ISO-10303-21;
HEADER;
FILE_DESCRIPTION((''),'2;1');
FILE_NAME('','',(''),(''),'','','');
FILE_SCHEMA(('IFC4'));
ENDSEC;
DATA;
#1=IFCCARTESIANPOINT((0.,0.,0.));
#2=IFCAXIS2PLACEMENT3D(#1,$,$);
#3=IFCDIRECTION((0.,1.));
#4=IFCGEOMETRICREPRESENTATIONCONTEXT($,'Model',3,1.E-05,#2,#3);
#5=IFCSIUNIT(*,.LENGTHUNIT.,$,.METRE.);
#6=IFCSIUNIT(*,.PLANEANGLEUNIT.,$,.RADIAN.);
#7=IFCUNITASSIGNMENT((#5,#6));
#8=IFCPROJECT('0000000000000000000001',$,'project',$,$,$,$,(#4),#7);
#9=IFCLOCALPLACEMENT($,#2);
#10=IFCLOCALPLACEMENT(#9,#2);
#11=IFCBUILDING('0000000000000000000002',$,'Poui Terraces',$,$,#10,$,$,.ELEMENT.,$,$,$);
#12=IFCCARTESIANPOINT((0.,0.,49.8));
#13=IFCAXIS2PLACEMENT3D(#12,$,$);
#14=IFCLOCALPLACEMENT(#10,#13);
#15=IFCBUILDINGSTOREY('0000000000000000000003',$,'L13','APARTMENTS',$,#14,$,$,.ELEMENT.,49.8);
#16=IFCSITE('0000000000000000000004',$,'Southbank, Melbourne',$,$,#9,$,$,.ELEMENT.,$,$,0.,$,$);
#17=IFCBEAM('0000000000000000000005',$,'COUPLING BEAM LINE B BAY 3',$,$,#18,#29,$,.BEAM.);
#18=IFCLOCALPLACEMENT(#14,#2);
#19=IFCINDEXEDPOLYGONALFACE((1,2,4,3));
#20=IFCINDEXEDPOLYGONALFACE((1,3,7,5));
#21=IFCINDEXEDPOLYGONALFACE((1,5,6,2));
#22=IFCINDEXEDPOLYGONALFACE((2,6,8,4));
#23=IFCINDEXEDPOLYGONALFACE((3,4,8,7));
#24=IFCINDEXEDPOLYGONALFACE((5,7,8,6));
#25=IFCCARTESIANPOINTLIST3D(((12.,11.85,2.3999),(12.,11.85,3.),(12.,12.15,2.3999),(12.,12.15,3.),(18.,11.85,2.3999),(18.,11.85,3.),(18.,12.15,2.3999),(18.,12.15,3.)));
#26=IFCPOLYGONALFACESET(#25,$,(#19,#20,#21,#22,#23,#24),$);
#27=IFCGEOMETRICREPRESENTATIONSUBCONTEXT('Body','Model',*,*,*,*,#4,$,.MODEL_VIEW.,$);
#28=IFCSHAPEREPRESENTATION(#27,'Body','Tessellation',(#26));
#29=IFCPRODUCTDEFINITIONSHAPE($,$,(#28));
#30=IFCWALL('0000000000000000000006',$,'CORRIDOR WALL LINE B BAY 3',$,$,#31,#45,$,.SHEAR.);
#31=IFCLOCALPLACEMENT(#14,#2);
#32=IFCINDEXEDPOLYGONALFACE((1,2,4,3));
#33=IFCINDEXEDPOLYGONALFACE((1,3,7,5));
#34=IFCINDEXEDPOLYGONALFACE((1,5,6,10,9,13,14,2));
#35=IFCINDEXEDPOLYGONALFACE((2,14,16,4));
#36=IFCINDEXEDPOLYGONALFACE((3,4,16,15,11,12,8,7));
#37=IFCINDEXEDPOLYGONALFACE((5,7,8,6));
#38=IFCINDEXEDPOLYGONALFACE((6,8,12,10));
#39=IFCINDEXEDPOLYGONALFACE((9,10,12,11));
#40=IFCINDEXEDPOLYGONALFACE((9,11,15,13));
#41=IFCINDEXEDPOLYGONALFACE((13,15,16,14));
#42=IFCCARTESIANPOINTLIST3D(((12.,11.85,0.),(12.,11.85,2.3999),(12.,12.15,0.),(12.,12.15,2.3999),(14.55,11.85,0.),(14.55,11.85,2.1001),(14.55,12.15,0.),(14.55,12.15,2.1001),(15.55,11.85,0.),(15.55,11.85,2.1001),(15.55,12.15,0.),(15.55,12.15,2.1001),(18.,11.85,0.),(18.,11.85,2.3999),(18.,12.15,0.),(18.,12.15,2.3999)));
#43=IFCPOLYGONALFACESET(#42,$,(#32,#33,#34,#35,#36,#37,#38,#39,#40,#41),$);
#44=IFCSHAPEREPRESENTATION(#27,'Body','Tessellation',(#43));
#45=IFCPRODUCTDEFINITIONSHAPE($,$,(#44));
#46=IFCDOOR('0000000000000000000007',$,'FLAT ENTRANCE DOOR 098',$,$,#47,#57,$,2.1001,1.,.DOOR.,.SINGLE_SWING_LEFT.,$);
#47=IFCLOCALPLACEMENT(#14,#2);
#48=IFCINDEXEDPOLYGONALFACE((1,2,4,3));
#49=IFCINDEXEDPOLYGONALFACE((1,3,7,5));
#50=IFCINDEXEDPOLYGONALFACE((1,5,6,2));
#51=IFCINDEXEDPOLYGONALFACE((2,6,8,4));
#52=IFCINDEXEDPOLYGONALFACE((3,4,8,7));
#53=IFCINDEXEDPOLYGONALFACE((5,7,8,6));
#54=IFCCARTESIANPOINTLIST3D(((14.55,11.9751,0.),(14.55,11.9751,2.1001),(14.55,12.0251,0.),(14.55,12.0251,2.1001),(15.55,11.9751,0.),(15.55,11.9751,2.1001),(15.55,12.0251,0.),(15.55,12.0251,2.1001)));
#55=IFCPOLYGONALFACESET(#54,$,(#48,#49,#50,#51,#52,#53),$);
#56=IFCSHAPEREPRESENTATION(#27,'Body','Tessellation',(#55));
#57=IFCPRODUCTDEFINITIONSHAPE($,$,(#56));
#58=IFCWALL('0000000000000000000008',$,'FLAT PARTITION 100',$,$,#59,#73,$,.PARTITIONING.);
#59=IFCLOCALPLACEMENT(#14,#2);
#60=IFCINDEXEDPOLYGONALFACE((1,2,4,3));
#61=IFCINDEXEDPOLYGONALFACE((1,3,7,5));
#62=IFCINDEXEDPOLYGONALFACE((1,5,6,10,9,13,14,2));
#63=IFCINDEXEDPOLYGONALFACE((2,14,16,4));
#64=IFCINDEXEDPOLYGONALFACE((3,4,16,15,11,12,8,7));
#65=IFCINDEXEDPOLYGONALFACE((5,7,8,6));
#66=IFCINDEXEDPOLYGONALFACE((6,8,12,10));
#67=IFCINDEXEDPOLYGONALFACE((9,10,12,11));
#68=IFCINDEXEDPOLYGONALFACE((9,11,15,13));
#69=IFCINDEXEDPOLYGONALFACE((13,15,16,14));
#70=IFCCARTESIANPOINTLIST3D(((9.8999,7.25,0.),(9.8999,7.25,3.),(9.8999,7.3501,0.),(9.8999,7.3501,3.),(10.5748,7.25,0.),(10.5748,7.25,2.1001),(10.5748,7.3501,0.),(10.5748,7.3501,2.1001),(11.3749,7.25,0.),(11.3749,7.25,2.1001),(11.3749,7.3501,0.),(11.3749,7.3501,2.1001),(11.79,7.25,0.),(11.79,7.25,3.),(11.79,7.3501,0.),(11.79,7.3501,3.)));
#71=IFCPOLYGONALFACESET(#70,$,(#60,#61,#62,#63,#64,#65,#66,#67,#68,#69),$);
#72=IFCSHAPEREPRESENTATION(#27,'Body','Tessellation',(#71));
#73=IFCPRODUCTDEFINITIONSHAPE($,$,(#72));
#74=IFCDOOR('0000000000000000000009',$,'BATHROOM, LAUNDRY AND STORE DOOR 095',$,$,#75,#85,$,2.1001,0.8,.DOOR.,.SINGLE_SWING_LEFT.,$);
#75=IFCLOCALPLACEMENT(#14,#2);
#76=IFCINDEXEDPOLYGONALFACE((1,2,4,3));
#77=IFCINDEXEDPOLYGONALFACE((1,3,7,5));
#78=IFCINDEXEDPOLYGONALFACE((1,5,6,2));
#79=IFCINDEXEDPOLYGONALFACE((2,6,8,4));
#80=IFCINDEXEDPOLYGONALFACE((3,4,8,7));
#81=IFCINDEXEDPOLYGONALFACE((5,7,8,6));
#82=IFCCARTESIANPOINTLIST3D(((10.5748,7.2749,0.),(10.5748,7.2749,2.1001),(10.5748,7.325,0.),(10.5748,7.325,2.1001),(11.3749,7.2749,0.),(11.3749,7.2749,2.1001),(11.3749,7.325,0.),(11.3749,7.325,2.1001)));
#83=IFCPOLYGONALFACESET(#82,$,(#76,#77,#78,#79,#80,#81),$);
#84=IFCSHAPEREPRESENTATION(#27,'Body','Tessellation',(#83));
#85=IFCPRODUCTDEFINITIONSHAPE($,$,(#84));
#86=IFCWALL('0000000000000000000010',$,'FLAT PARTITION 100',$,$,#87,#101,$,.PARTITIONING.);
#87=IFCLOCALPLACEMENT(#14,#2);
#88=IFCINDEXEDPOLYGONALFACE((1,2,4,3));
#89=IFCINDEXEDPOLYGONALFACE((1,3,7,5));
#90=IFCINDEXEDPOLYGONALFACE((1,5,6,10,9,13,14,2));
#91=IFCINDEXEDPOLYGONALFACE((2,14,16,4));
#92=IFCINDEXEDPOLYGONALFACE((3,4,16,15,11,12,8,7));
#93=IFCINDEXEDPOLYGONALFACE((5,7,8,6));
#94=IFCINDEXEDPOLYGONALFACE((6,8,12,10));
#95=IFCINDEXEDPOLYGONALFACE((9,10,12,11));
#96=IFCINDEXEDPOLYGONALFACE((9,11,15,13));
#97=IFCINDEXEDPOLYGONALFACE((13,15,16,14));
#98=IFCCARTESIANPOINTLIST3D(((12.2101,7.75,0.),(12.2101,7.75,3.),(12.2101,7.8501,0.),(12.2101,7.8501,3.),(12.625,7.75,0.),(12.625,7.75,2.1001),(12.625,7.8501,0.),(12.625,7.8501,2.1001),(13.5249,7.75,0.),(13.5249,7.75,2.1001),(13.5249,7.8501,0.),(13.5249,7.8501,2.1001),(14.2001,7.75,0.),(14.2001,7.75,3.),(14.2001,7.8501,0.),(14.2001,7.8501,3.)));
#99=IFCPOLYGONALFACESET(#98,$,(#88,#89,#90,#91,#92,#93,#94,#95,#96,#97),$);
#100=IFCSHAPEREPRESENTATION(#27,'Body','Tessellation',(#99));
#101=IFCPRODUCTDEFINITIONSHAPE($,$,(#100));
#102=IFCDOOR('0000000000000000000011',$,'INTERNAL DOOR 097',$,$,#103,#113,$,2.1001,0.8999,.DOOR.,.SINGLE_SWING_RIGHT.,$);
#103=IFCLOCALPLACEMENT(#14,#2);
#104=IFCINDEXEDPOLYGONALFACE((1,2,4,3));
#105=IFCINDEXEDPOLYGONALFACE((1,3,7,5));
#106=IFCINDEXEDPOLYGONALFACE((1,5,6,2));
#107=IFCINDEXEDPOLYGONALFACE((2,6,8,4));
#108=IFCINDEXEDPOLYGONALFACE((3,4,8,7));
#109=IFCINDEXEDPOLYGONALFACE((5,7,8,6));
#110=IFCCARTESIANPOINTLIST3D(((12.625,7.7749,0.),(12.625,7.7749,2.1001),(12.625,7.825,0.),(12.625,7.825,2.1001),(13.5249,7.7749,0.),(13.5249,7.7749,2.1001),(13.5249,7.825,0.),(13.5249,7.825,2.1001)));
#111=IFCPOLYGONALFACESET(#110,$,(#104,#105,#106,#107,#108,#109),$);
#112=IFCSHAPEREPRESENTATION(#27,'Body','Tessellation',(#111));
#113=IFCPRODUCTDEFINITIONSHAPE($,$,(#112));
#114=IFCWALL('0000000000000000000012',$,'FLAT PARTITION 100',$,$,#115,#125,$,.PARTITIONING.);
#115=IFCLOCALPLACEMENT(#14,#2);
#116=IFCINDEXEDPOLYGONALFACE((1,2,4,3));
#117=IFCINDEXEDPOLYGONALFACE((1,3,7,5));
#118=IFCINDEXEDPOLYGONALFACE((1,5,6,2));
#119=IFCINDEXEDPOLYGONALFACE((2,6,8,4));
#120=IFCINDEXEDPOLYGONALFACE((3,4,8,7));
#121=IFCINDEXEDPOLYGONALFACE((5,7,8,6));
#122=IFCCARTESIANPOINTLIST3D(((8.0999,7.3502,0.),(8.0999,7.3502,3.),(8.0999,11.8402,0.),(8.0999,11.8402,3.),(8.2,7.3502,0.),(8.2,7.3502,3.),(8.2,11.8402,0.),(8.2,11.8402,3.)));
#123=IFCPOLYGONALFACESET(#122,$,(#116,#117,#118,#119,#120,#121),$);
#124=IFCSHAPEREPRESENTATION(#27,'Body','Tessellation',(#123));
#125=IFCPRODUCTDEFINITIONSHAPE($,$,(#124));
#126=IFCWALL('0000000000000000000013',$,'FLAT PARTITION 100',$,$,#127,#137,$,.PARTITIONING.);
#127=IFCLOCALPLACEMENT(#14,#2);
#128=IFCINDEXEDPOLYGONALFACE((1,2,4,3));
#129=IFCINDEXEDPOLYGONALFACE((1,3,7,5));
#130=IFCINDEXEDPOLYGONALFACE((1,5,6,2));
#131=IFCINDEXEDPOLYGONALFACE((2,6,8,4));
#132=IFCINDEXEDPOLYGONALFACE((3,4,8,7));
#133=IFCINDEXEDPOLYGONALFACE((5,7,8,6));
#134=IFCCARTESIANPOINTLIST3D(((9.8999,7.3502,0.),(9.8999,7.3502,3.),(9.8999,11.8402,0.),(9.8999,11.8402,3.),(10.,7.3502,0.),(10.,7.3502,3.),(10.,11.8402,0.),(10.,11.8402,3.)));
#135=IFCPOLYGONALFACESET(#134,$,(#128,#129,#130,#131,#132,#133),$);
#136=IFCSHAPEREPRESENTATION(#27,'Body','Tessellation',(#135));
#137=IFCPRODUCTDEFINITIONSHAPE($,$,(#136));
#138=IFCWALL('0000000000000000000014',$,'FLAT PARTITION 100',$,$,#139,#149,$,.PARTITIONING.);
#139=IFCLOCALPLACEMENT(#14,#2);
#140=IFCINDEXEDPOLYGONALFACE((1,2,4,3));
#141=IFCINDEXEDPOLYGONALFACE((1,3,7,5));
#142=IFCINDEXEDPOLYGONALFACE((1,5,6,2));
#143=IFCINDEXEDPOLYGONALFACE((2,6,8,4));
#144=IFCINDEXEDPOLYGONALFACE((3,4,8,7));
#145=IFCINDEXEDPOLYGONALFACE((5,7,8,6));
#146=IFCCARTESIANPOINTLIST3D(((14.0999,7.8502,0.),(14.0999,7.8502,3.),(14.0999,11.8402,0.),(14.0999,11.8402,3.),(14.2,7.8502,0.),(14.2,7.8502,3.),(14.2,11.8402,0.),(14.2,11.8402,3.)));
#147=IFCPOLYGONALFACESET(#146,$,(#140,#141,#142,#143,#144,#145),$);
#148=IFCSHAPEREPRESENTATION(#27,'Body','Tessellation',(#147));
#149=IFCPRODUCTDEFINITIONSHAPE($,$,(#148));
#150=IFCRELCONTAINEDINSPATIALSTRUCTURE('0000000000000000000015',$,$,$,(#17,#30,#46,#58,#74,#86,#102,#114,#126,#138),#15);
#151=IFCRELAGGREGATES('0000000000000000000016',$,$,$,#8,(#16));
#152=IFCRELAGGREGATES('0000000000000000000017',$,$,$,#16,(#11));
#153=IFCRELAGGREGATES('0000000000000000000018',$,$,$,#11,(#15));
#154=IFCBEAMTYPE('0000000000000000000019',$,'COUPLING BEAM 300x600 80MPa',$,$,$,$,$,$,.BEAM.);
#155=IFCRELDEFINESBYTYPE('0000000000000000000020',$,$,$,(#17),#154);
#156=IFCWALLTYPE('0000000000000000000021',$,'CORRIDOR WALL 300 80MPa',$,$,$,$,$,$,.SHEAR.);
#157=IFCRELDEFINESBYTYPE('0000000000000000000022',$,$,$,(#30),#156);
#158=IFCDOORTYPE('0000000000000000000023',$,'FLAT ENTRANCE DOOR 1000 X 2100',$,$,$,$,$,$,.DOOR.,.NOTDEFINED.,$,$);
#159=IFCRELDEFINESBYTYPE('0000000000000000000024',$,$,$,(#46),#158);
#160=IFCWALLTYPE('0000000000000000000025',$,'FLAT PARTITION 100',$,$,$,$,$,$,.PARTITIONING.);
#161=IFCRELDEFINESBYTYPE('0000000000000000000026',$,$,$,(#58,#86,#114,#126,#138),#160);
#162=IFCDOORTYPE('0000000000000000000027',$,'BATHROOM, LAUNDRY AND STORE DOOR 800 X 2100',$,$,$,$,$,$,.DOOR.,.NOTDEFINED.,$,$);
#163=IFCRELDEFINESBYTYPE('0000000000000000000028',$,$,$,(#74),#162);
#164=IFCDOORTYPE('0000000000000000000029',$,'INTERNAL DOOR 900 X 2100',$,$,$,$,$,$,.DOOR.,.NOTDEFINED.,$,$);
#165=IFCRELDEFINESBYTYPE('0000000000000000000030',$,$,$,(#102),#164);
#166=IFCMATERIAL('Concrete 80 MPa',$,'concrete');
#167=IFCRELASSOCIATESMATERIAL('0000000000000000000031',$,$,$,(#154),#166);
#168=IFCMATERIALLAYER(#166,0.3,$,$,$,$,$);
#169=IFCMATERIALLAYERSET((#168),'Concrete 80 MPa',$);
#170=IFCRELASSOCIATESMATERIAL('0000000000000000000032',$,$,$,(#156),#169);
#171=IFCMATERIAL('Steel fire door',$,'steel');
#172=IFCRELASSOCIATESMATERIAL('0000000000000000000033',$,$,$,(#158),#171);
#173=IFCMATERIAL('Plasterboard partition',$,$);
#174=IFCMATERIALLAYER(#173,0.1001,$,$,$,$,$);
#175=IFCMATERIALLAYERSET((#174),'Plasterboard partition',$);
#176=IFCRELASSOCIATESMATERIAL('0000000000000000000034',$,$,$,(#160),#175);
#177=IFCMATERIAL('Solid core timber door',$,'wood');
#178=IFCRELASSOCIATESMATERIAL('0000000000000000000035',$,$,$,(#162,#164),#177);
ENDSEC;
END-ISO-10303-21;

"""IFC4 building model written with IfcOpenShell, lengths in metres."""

from ifc_helpers import new_model, si_unit, direction, frame, frame_2d, origin, origin_2d, place, context, subcontext, project, spatial, rectangle, extrude, source, transform, mapped, material, layer, layer_set, material_profile, profile_set, type_object, element, fill, save


model = new_model("IFC4")

# Units and contexts
model_context = context("Model", 3, precision=1e-05, world=origin(), true_north=direction((0.0, 1.0)))
body_context = subcontext(model_context, "Body", "Model", "MODEL_VIEW")
ifc_project = project(units=[si_unit("LENGTHUNIT", "METRE"), si_unit("PLANEANGLEUNIT", "RADIAN")], contexts=[model_context])

# Site, building, storey
site_placement = place(None, origin())
site = spatial("IfcSite", under=ifc_project, at=site_placement, Name="Southbank, Melbourne", CompositionType="ELEMENT", RefElevation=0.0)
building_placement = place(site_placement, origin())
building = spatial("IfcBuilding", under=site, at=building_placement, Name="Poui Terraces", CompositionType="ELEMENT")
storey_placement = place(building_placement, frame((0.0, 0.0, 49.8)))
storey = spatial("IfcBuildingStorey", under=building, at=storey_placement, Name="L13", Description="APARTMENTS", CompositionType="ELEMENT", Elevation=49.8)

# Beam
ifc_material_1 = material(Name="Concrete 80 MPa", Category="concrete")
ifc_material_profile = material_profile(ifc_material_1, rectangle(XDim=0.3, YDim=0.6001, at=origin_2d()), Name="RC 300x600")
ifc_profile_set = profile_set([ifc_material_profile], Name="Concrete 80 MPa")
beam_type = type_object("IfcBeamType", Name="COUPLING BEAM 300x600 80MPa", PredefinedType="BEAM", material=ifc_profile_set)
shared_shape = source(origin(), body_context, "Body", "SweptSolid", [
    extrude(rectangle(XDim=0.3, YDim=0.6001, at=origin_2d()), origin(), (0.0, 0.0, 1.0), 6.0),
])
beam_placement = place(storey_placement, frame((12.0, 12.0, 2.7), z_axis=(1.0, 0.0, 0.0), x_axis=(0.0, 1.0, 0.0)))
element("IfcBeam", 1, at=beam_placement, inside=storey, type_object=beam_type, Name="COUPLING BEAM LINE B BAY 3", PredefinedType="BEAM", context=body_context, shape_type="MappedRepresentation", body=[
    mapped(shared_shape, transform((0.0, 0.0, 0.0))),
])

# Walls, openings, doors
ifc_layer_1 = layer(ifc_material_1, 0.3)
ifc_layer_set_1 = layer_set([ifc_layer_1], Name="Concrete 80 MPa")
wall_type_1 = type_object("IfcWallType", Name="CORRIDOR WALL 300 80MPa", PredefinedType="SHEAR", material=ifc_layer_set_1)
wall_1_placement = place(storey_placement, frame((12.0, 12.0, 0.0), z_axis=(0.0, 0.0, 1.0), x_axis=(1.0, 0.0, 0.0)))
wall_1 = element("IfcWall", 2, at=wall_1_placement, inside=storey, type_object=wall_type_1, Name="CORRIDOR WALL LINE B BAY 3", PredefinedType="SHEAR", context=body_context, shape_type="SweptSolid", body=[
    extrude(rectangle(XDim=6.0, YDim=0.3, at=frame_2d((3.0, 0.0))), origin(), (0.0, 0.0, 1.0), 2.3999),
])
opening_1_placement = place(wall_1_placement, frame((2.55, 0.0, 0.0)))
opening_1 = element("IfcOpeningElement", 3, at=opening_1_placement, cuts=wall_1, PredefinedType="OPENING", context=body_context, shape_type="SweptSolid", body=[
    extrude(rectangle(XDim=1.0, YDim=2.1001, at=frame_2d((0.5, 1.05))), frame((0.0, 0.1602, 0.0), z_axis=(0.0, -1.0, 0.0), x_axis=(1.0, 0.0, 0.0)), (0.0, 0.0, 1.0), 0.3201),
])
ifc_material_2 = material(Name="Steel fire door", Category="steel")
door_type_1 = type_object("IfcDoorType", Name="FLAT ENTRANCE DOOR 1000 X 2100", OperationType="NOTDEFINED", PredefinedType="DOOR", material=ifc_material_2)
door_1_placement = place(opening_1_placement, frame((1.0, 0.0, 0.0), z_axis=(0.0, 0.0, 1.0), x_axis=(-1.0, 0.0, 0.0)))
door_1 = element("IfcDoor", 4, at=door_1_placement, inside=storey, type_object=door_type_1, Name="FLAT ENTRANCE DOOR 098", OperationType="SINGLE_SWING_LEFT", OverallHeight=2.1001, OverallWidth=1.0, PredefinedType="DOOR", context=body_context, shape_type="SweptSolid", body=[
    extrude(rectangle(XDim=1.0, YDim=2.1001, at=frame_2d((0.5, 1.05))), frame((0.0, 0.0249, 0.0), z_axis=(0.0, -1.0, 0.0), x_axis=(1.0, 0.0, 0.0)), (0.0, 0.0, 1.0), 0.05),
])
fill(opening_1, door_1)
ifc_material_3 = material(Name="Plasterboard partition")
ifc_layer_2 = layer(ifc_material_3, 0.1001)
ifc_layer_set_2 = layer_set([ifc_layer_2], Name="Plasterboard partition")
wall_type_2 = type_object("IfcWallType", Name="FLAT PARTITION 100", PredefinedType="PARTITIONING", material=ifc_layer_set_2)
wall_2_placement = place(storey_placement, frame((9.8999, 7.3, 0.0), z_axis=(0.0, 0.0, 1.0), x_axis=(1.0, 0.0, 0.0)))
wall_2 = element("IfcWall", 5, at=wall_2_placement, inside=storey, type_object=wall_type_2, Name="FLAT PARTITION 100", PredefinedType="PARTITIONING", context=body_context, shape_type="SweptSolid", body=[
    extrude(rectangle(XDim=1.8901, YDim=0.1001, at=frame_2d((0.9451, 0.0))), origin(), (0.0, 0.0, 1.0), 3.0),
])
opening_2_placement = place(wall_2_placement, frame((0.675, 0.0, 0.0)))
opening_2 = element("IfcOpeningElement", 6, at=opening_2_placement, cuts=wall_2, PredefinedType="OPENING", context=body_context, shape_type="SweptSolid", body=[
    extrude(rectangle(XDim=0.8, YDim=2.1001, at=frame_2d((0.3999, 1.05))), frame((0.0, 0.0601, 0.0), z_axis=(0.0, -1.0, 0.0), x_axis=(1.0, 0.0, 0.0)), (0.0, 0.0, 1.0), 0.1201),
])
ifc_material_4 = material(Name="Solid core timber door", Category="wood")
door_type_2 = type_object("IfcDoorType", Name="BATHROOM, LAUNDRY AND STORE DOOR 800 X 2100", OperationType="NOTDEFINED", PredefinedType="DOOR", material=ifc_material_4)
door_2_placement = place(opening_2_placement, origin())
door_2 = element("IfcDoor", 7, at=door_2_placement, inside=storey, type_object=door_type_2, Name="BATHROOM, LAUNDRY AND STORE DOOR 095", OperationType="SINGLE_SWING_LEFT", OverallHeight=2.1001, OverallWidth=0.8, PredefinedType="DOOR", context=body_context, shape_type="SweptSolid", body=[
    extrude(rectangle(XDim=0.8, YDim=2.1001, at=frame_2d((0.3999, 1.05))), frame((0.0, 0.0249, 0.0), z_axis=(0.0, -1.0, 0.0), x_axis=(1.0, 0.0, 0.0)), (0.0, 0.0, 1.0), 0.05),
])
fill(opening_2, door_2)
wall_3_placement = place(storey_placement, frame((12.21, 7.8, 0.0), z_axis=(0.0, 0.0, 1.0), x_axis=(1.0, 0.0, 0.0)))
wall_3 = element("IfcWall", 8, at=wall_3_placement, inside=storey, type_object=wall_type_2, Name="FLAT PARTITION 100", PredefinedType="PARTITIONING", context=body_context, shape_type="SweptSolid", body=[
    extrude(rectangle(XDim=1.99, YDim=0.1001, at=frame_2d((0.9951, 0.0))), origin(), (0.0, 0.0, 1.0), 3.0),
])
opening_3_placement = place(wall_3_placement, frame((0.415, 0.0, 0.0)))
opening_3 = element("IfcOpeningElement", 9, at=opening_3_placement, cuts=wall_3, PredefinedType="OPENING", context=body_context, shape_type="SweptSolid", body=[
    extrude(rectangle(XDim=0.8999, YDim=2.1001, at=frame_2d((0.45, 1.05))), frame((0.0, 0.0601, 0.0), z_axis=(0.0, -1.0, 0.0), x_axis=(1.0, 0.0, 0.0)), (0.0, 0.0, 1.0), 0.1201),
])
door_type_3 = type_object("IfcDoorType", Name="INTERNAL DOOR 900 X 2100", OperationType="NOTDEFINED", PredefinedType="DOOR", material=ifc_material_4)
door_3_placement = place(opening_3_placement, origin())
door_3 = element("IfcDoor", 10, at=door_3_placement, inside=storey, type_object=door_type_3, Name="INTERNAL DOOR 097", OperationType="SINGLE_SWING_RIGHT", OverallHeight=2.1001, OverallWidth=0.8999, PredefinedType="DOOR", context=body_context, shape_type="SweptSolid", body=[
    extrude(rectangle(XDim=0.8999, YDim=2.1001, at=frame_2d((0.45, 1.05))), frame((0.0, 0.0249, 0.0), z_axis=(0.0, -1.0, 0.0), x_axis=(1.0, 0.0, 0.0)), (0.0, 0.0, 1.0), 0.05),
])
fill(opening_3, door_3)

# Walls
for number, where, z_axis, x_axis, name in (
    (11, (8.1499, 7.3501, 0.0), (0.0, 0.0, 1.0), (0.0, 1.0, 0.0), "FLAT PARTITION 100"),
    (12, (9.95, 7.3501, 0.0), (0.0, 0.0, 1.0), (0.0, 1.0, 0.0), "FLAT PARTITION 100"),
):
    element("IfcWall", number, at=place(storey_placement, frame(where, z_axis=z_axis, x_axis=x_axis)), inside=storey, type_object=wall_type_2, Name=name, PredefinedType="PARTITIONING", context=body_context, shape_type="SweptSolid", body=[
        extrude(rectangle(XDim=4.49, YDim=0.1001, at=frame_2d((2.2451, 0.0))), origin(), (0.0, 0.0, 1.0), 3.0),
    ])
wall_4_placement = place(storey_placement, frame((14.1499, 7.8501, 0.0), z_axis=(0.0, 0.0, 1.0), x_axis=(0.0, 1.0, 0.0)))
element("IfcWall", 13, at=wall_4_placement, inside=storey, type_object=wall_type_2, Name="FLAT PARTITION 100", PredefinedType="PARTITIONING", context=body_context, shape_type="SweptSolid", body=[
    extrude(rectangle(XDim=3.99, YDim=0.1001, at=frame_2d((1.9951, 0.0))), origin(), (0.0, 0.0, 1.0), 3.0),
])

save(model, "model.ifc")
